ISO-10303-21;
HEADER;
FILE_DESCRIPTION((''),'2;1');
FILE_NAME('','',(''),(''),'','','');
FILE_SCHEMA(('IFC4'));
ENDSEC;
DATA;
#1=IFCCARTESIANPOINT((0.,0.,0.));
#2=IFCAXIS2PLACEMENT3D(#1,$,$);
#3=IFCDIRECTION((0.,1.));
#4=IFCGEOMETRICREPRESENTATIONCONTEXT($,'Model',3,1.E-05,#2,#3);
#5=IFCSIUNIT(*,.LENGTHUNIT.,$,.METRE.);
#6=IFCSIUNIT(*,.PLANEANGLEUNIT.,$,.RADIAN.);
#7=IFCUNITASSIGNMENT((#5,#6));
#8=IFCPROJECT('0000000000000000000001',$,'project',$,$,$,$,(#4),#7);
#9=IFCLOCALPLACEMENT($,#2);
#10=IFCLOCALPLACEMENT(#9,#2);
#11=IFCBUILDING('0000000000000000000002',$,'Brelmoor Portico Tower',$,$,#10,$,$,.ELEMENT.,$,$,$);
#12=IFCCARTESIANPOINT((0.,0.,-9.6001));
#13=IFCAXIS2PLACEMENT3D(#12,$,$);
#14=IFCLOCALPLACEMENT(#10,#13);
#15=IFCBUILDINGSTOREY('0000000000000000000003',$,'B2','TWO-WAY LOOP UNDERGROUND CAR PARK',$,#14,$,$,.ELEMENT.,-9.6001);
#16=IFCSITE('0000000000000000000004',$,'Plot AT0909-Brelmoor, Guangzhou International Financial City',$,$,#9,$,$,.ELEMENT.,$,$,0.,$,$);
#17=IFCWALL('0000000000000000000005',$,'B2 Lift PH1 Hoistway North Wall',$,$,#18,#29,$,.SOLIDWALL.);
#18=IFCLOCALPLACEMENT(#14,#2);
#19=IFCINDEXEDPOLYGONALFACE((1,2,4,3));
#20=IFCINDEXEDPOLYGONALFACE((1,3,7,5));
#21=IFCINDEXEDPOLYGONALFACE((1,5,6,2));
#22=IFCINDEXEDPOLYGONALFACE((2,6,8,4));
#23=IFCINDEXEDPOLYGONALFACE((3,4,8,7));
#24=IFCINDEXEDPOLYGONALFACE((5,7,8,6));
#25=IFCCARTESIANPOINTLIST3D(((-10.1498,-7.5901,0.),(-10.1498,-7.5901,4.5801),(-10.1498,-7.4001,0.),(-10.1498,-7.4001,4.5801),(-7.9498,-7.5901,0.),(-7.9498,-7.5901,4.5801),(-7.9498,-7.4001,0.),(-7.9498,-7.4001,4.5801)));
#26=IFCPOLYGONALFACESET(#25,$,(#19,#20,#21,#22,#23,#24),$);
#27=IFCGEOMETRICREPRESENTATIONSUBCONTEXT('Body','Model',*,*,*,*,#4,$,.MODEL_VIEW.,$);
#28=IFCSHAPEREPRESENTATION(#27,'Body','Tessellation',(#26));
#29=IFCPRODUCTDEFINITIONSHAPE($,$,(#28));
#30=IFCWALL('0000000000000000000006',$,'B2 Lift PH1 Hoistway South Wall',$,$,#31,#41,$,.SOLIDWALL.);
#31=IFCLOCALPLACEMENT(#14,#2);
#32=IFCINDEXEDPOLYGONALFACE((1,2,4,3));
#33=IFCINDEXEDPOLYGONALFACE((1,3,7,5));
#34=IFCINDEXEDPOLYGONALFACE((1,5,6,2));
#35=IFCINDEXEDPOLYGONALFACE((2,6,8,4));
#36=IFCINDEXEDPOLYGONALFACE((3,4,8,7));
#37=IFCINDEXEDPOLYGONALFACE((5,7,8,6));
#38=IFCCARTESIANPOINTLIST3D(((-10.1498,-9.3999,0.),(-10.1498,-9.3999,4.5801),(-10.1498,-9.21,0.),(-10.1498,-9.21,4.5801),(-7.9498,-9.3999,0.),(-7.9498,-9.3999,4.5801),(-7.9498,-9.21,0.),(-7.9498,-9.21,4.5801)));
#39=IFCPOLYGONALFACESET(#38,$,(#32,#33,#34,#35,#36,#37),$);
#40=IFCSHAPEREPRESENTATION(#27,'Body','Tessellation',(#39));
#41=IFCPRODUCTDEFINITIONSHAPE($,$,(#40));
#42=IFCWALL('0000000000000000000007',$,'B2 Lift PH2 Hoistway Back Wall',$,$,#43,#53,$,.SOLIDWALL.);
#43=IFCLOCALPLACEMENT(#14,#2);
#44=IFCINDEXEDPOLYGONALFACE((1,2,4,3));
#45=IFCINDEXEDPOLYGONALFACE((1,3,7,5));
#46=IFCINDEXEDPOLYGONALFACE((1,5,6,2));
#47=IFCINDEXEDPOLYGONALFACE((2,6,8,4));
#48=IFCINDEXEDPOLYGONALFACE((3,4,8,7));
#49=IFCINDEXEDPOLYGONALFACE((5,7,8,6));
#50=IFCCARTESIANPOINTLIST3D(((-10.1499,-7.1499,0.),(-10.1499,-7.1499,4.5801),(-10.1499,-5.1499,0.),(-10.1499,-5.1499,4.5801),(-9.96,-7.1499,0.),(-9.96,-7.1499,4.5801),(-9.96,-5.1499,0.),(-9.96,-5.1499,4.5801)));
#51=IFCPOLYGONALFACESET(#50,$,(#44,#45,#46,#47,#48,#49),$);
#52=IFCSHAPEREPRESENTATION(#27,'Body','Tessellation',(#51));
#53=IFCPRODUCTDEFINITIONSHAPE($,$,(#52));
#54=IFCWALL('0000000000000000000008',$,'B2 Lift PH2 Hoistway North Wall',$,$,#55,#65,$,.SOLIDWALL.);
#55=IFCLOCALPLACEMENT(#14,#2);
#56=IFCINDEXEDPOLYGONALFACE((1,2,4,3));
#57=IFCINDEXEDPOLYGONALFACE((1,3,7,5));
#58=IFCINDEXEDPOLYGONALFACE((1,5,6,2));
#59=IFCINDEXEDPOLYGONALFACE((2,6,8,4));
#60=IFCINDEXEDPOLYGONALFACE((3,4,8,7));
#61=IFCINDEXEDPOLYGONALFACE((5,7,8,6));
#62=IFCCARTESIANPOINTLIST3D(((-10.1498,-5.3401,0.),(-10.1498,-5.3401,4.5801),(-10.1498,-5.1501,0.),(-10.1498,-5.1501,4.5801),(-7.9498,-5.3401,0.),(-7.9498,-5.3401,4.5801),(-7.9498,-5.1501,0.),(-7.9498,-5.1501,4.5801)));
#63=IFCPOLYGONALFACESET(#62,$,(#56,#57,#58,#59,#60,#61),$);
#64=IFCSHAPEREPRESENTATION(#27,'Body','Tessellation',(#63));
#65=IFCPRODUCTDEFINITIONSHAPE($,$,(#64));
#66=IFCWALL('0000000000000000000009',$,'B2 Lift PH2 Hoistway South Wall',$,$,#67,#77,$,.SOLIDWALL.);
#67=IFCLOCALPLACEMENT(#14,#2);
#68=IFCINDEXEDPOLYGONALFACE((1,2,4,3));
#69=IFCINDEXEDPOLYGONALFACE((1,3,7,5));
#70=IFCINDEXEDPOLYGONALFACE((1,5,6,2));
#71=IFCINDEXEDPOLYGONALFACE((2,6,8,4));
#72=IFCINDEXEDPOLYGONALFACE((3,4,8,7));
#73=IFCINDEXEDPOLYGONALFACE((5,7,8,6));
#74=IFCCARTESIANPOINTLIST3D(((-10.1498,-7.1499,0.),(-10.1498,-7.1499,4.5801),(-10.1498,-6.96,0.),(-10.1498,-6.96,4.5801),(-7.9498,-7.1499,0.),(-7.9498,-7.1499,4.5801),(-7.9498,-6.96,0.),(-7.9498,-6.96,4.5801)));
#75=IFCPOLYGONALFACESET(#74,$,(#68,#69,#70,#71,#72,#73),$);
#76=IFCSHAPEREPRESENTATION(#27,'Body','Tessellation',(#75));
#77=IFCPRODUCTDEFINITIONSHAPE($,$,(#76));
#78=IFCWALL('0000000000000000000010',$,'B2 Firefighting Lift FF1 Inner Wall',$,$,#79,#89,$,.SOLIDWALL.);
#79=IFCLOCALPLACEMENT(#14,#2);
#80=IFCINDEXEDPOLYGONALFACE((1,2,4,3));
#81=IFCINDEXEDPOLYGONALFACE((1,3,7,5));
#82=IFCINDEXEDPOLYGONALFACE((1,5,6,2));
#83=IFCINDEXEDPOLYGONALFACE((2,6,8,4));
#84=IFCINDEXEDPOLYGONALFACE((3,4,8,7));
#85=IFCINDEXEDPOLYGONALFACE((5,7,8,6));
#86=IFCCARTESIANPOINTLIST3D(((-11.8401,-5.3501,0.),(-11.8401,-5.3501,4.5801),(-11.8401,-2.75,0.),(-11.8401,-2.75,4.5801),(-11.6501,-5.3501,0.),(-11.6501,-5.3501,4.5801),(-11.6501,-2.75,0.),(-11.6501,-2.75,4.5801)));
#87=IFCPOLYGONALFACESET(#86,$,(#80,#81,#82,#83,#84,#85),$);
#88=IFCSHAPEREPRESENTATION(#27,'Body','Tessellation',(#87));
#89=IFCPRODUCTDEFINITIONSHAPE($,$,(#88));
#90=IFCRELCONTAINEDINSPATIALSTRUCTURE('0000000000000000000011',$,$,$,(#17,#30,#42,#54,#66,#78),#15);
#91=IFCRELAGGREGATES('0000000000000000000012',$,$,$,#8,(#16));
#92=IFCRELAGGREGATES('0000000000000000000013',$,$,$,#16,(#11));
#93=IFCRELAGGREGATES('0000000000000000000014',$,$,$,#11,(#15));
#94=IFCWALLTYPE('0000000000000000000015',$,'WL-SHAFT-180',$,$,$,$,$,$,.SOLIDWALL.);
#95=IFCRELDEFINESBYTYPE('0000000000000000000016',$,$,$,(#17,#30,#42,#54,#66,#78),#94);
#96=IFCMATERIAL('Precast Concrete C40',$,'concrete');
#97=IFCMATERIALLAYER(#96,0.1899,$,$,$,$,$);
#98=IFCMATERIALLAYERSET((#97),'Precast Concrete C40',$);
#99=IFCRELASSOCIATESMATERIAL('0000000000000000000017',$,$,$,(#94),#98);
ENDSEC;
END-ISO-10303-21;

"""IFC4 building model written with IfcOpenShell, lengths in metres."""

from ifc_helpers import new_model, si_unit, direction, frame, frame_2d, origin, place, context, subcontext, project, spatial, rectangle, extrude, material, layer, layer_set, type_object, element, save


model = new_model("IFC4")

# Units and contexts
model_context = context("Model", 3, precision=1e-05, world=origin(), true_north=direction((0.0, 1.0)))
body_context = subcontext(model_context, "Body", "Model", "MODEL_VIEW")
ifc_project = project(units=[si_unit("LENGTHUNIT", "METRE"), si_unit("PLANEANGLEUNIT", "RADIAN")], contexts=[model_context])

# Site, building, storey
site_placement = place(None, origin())
site = spatial("IfcSite", under=ifc_project, at=site_placement, Name="Plot AT0909-Brelmoor, Guangzhou International Financial City", CompositionType="ELEMENT", RefElevation=0.0)
building_placement = place(site_placement, origin())
building = spatial("IfcBuilding", under=site, at=building_placement, Name="Brelmoor Portico Tower", CompositionType="ELEMENT")
storey_placement = place(building_placement, frame((0.0, 0.0, -9.6001)))
storey = spatial("IfcBuildingStorey", under=building, at=storey_placement, Name="B2", Description="TWO-WAY LOOP UNDERGROUND CAR PARK", CompositionType="ELEMENT", Elevation=-9.6001)

# Walls
ifc_material_1 = material(Name="Precast Concrete C40", Category="concrete")
ifc_layer_1 = layer(ifc_material_1, 0.1899)
ifc_layer_set_1 = layer_set([ifc_layer_1], Name="Precast Concrete C40")
wall_type_1 = type_object("IfcWallType", Name="WL-SHAFT-180", PredefinedType="SOLIDWALL", material=ifc_layer_set_1)
for number, where, z_axis, x_axis, name in (
    (1, (-10.1499, -7.4951, 0.0), (0.0, 0.0, 1.0), (1.0, 0.0, 0.0), "B2 Lift PH1 Hoistway North Wall"),
    (2, (-10.1499, -9.3049, 0.0), (0.0, 0.0, 1.0), (1.0, 0.0, 0.0), "B2 Lift PH1 Hoistway South Wall"),
):
    element("IfcWall", number, at=place(storey_placement, frame(where, z_axis=z_axis, x_axis=x_axis)), inside=storey, type_object=wall_type_1, Name=name, PredefinedType="SOLIDWALL", context=body_context, shape_type="SweptSolid", body=[
        extrude(rectangle(XDim=2.2, YDim=0.1899, at=frame_2d((1.1001, 0.0))), origin(), (0.0, 0.0, 1.0), 4.5801),
    ])
wall_1_placement = place(storey_placement, frame((-10.0549, -7.1499, 0.0), z_axis=(0.0, 0.0, 1.0), x_axis=(0.0, 1.0, 0.0)))
element("IfcWall", 3, at=wall_1_placement, inside=storey, type_object=wall_type_1, Name="B2 Lift PH2 Hoistway Back Wall", PredefinedType="SOLIDWALL", context=body_context, shape_type="SweptSolid", body=[
    extrude(rectangle(XDim=2.0, YDim=0.1899, at=frame_2d((1.0, 0.0))), origin(), (0.0, 0.0, 1.0), 4.5801),
])
for number, where, z_axis, x_axis, name in (
    (4, (-10.1499, -5.2451, 0.0), (0.0, 0.0, 1.0), (1.0, 0.0, 0.0), "B2 Lift PH2 Hoistway North Wall"),
    (5, (-10.1499, -7.0549, 0.0), (0.0, 0.0, 1.0), (1.0, 0.0, 0.0), "B2 Lift PH2 Hoistway South Wall"),
):
    element("IfcWall", number, at=place(storey_placement, frame(where, z_axis=z_axis, x_axis=x_axis)), inside=storey, type_object=wall_type_1, Name=name, PredefinedType="SOLIDWALL", context=body_context, shape_type="SweptSolid", body=[
        extrude(rectangle(XDim=2.2, YDim=0.1899, at=frame_2d((1.1001, 0.0))), origin(), (0.0, 0.0, 1.0), 4.5801),
    ])
wall_2_placement = place(storey_placement, frame((-11.7451, -5.3501, 0.0), z_axis=(0.0, 0.0, 1.0), x_axis=(0.0, 1.0, 0.0)))
element("IfcWall", 6, at=wall_2_placement, inside=storey, type_object=wall_type_1, Name="B2 Firefighting Lift FF1 Inner Wall", PredefinedType="SOLIDWALL", context=body_context, shape_type="SweptSolid", body=[
    extrude(rectangle(XDim=2.6001, YDim=0.1899, at=frame_2d((1.3, 0.0))), origin(), (0.0, 0.0, 1.0), 4.5801),
])

save(model, "model.ifc")
